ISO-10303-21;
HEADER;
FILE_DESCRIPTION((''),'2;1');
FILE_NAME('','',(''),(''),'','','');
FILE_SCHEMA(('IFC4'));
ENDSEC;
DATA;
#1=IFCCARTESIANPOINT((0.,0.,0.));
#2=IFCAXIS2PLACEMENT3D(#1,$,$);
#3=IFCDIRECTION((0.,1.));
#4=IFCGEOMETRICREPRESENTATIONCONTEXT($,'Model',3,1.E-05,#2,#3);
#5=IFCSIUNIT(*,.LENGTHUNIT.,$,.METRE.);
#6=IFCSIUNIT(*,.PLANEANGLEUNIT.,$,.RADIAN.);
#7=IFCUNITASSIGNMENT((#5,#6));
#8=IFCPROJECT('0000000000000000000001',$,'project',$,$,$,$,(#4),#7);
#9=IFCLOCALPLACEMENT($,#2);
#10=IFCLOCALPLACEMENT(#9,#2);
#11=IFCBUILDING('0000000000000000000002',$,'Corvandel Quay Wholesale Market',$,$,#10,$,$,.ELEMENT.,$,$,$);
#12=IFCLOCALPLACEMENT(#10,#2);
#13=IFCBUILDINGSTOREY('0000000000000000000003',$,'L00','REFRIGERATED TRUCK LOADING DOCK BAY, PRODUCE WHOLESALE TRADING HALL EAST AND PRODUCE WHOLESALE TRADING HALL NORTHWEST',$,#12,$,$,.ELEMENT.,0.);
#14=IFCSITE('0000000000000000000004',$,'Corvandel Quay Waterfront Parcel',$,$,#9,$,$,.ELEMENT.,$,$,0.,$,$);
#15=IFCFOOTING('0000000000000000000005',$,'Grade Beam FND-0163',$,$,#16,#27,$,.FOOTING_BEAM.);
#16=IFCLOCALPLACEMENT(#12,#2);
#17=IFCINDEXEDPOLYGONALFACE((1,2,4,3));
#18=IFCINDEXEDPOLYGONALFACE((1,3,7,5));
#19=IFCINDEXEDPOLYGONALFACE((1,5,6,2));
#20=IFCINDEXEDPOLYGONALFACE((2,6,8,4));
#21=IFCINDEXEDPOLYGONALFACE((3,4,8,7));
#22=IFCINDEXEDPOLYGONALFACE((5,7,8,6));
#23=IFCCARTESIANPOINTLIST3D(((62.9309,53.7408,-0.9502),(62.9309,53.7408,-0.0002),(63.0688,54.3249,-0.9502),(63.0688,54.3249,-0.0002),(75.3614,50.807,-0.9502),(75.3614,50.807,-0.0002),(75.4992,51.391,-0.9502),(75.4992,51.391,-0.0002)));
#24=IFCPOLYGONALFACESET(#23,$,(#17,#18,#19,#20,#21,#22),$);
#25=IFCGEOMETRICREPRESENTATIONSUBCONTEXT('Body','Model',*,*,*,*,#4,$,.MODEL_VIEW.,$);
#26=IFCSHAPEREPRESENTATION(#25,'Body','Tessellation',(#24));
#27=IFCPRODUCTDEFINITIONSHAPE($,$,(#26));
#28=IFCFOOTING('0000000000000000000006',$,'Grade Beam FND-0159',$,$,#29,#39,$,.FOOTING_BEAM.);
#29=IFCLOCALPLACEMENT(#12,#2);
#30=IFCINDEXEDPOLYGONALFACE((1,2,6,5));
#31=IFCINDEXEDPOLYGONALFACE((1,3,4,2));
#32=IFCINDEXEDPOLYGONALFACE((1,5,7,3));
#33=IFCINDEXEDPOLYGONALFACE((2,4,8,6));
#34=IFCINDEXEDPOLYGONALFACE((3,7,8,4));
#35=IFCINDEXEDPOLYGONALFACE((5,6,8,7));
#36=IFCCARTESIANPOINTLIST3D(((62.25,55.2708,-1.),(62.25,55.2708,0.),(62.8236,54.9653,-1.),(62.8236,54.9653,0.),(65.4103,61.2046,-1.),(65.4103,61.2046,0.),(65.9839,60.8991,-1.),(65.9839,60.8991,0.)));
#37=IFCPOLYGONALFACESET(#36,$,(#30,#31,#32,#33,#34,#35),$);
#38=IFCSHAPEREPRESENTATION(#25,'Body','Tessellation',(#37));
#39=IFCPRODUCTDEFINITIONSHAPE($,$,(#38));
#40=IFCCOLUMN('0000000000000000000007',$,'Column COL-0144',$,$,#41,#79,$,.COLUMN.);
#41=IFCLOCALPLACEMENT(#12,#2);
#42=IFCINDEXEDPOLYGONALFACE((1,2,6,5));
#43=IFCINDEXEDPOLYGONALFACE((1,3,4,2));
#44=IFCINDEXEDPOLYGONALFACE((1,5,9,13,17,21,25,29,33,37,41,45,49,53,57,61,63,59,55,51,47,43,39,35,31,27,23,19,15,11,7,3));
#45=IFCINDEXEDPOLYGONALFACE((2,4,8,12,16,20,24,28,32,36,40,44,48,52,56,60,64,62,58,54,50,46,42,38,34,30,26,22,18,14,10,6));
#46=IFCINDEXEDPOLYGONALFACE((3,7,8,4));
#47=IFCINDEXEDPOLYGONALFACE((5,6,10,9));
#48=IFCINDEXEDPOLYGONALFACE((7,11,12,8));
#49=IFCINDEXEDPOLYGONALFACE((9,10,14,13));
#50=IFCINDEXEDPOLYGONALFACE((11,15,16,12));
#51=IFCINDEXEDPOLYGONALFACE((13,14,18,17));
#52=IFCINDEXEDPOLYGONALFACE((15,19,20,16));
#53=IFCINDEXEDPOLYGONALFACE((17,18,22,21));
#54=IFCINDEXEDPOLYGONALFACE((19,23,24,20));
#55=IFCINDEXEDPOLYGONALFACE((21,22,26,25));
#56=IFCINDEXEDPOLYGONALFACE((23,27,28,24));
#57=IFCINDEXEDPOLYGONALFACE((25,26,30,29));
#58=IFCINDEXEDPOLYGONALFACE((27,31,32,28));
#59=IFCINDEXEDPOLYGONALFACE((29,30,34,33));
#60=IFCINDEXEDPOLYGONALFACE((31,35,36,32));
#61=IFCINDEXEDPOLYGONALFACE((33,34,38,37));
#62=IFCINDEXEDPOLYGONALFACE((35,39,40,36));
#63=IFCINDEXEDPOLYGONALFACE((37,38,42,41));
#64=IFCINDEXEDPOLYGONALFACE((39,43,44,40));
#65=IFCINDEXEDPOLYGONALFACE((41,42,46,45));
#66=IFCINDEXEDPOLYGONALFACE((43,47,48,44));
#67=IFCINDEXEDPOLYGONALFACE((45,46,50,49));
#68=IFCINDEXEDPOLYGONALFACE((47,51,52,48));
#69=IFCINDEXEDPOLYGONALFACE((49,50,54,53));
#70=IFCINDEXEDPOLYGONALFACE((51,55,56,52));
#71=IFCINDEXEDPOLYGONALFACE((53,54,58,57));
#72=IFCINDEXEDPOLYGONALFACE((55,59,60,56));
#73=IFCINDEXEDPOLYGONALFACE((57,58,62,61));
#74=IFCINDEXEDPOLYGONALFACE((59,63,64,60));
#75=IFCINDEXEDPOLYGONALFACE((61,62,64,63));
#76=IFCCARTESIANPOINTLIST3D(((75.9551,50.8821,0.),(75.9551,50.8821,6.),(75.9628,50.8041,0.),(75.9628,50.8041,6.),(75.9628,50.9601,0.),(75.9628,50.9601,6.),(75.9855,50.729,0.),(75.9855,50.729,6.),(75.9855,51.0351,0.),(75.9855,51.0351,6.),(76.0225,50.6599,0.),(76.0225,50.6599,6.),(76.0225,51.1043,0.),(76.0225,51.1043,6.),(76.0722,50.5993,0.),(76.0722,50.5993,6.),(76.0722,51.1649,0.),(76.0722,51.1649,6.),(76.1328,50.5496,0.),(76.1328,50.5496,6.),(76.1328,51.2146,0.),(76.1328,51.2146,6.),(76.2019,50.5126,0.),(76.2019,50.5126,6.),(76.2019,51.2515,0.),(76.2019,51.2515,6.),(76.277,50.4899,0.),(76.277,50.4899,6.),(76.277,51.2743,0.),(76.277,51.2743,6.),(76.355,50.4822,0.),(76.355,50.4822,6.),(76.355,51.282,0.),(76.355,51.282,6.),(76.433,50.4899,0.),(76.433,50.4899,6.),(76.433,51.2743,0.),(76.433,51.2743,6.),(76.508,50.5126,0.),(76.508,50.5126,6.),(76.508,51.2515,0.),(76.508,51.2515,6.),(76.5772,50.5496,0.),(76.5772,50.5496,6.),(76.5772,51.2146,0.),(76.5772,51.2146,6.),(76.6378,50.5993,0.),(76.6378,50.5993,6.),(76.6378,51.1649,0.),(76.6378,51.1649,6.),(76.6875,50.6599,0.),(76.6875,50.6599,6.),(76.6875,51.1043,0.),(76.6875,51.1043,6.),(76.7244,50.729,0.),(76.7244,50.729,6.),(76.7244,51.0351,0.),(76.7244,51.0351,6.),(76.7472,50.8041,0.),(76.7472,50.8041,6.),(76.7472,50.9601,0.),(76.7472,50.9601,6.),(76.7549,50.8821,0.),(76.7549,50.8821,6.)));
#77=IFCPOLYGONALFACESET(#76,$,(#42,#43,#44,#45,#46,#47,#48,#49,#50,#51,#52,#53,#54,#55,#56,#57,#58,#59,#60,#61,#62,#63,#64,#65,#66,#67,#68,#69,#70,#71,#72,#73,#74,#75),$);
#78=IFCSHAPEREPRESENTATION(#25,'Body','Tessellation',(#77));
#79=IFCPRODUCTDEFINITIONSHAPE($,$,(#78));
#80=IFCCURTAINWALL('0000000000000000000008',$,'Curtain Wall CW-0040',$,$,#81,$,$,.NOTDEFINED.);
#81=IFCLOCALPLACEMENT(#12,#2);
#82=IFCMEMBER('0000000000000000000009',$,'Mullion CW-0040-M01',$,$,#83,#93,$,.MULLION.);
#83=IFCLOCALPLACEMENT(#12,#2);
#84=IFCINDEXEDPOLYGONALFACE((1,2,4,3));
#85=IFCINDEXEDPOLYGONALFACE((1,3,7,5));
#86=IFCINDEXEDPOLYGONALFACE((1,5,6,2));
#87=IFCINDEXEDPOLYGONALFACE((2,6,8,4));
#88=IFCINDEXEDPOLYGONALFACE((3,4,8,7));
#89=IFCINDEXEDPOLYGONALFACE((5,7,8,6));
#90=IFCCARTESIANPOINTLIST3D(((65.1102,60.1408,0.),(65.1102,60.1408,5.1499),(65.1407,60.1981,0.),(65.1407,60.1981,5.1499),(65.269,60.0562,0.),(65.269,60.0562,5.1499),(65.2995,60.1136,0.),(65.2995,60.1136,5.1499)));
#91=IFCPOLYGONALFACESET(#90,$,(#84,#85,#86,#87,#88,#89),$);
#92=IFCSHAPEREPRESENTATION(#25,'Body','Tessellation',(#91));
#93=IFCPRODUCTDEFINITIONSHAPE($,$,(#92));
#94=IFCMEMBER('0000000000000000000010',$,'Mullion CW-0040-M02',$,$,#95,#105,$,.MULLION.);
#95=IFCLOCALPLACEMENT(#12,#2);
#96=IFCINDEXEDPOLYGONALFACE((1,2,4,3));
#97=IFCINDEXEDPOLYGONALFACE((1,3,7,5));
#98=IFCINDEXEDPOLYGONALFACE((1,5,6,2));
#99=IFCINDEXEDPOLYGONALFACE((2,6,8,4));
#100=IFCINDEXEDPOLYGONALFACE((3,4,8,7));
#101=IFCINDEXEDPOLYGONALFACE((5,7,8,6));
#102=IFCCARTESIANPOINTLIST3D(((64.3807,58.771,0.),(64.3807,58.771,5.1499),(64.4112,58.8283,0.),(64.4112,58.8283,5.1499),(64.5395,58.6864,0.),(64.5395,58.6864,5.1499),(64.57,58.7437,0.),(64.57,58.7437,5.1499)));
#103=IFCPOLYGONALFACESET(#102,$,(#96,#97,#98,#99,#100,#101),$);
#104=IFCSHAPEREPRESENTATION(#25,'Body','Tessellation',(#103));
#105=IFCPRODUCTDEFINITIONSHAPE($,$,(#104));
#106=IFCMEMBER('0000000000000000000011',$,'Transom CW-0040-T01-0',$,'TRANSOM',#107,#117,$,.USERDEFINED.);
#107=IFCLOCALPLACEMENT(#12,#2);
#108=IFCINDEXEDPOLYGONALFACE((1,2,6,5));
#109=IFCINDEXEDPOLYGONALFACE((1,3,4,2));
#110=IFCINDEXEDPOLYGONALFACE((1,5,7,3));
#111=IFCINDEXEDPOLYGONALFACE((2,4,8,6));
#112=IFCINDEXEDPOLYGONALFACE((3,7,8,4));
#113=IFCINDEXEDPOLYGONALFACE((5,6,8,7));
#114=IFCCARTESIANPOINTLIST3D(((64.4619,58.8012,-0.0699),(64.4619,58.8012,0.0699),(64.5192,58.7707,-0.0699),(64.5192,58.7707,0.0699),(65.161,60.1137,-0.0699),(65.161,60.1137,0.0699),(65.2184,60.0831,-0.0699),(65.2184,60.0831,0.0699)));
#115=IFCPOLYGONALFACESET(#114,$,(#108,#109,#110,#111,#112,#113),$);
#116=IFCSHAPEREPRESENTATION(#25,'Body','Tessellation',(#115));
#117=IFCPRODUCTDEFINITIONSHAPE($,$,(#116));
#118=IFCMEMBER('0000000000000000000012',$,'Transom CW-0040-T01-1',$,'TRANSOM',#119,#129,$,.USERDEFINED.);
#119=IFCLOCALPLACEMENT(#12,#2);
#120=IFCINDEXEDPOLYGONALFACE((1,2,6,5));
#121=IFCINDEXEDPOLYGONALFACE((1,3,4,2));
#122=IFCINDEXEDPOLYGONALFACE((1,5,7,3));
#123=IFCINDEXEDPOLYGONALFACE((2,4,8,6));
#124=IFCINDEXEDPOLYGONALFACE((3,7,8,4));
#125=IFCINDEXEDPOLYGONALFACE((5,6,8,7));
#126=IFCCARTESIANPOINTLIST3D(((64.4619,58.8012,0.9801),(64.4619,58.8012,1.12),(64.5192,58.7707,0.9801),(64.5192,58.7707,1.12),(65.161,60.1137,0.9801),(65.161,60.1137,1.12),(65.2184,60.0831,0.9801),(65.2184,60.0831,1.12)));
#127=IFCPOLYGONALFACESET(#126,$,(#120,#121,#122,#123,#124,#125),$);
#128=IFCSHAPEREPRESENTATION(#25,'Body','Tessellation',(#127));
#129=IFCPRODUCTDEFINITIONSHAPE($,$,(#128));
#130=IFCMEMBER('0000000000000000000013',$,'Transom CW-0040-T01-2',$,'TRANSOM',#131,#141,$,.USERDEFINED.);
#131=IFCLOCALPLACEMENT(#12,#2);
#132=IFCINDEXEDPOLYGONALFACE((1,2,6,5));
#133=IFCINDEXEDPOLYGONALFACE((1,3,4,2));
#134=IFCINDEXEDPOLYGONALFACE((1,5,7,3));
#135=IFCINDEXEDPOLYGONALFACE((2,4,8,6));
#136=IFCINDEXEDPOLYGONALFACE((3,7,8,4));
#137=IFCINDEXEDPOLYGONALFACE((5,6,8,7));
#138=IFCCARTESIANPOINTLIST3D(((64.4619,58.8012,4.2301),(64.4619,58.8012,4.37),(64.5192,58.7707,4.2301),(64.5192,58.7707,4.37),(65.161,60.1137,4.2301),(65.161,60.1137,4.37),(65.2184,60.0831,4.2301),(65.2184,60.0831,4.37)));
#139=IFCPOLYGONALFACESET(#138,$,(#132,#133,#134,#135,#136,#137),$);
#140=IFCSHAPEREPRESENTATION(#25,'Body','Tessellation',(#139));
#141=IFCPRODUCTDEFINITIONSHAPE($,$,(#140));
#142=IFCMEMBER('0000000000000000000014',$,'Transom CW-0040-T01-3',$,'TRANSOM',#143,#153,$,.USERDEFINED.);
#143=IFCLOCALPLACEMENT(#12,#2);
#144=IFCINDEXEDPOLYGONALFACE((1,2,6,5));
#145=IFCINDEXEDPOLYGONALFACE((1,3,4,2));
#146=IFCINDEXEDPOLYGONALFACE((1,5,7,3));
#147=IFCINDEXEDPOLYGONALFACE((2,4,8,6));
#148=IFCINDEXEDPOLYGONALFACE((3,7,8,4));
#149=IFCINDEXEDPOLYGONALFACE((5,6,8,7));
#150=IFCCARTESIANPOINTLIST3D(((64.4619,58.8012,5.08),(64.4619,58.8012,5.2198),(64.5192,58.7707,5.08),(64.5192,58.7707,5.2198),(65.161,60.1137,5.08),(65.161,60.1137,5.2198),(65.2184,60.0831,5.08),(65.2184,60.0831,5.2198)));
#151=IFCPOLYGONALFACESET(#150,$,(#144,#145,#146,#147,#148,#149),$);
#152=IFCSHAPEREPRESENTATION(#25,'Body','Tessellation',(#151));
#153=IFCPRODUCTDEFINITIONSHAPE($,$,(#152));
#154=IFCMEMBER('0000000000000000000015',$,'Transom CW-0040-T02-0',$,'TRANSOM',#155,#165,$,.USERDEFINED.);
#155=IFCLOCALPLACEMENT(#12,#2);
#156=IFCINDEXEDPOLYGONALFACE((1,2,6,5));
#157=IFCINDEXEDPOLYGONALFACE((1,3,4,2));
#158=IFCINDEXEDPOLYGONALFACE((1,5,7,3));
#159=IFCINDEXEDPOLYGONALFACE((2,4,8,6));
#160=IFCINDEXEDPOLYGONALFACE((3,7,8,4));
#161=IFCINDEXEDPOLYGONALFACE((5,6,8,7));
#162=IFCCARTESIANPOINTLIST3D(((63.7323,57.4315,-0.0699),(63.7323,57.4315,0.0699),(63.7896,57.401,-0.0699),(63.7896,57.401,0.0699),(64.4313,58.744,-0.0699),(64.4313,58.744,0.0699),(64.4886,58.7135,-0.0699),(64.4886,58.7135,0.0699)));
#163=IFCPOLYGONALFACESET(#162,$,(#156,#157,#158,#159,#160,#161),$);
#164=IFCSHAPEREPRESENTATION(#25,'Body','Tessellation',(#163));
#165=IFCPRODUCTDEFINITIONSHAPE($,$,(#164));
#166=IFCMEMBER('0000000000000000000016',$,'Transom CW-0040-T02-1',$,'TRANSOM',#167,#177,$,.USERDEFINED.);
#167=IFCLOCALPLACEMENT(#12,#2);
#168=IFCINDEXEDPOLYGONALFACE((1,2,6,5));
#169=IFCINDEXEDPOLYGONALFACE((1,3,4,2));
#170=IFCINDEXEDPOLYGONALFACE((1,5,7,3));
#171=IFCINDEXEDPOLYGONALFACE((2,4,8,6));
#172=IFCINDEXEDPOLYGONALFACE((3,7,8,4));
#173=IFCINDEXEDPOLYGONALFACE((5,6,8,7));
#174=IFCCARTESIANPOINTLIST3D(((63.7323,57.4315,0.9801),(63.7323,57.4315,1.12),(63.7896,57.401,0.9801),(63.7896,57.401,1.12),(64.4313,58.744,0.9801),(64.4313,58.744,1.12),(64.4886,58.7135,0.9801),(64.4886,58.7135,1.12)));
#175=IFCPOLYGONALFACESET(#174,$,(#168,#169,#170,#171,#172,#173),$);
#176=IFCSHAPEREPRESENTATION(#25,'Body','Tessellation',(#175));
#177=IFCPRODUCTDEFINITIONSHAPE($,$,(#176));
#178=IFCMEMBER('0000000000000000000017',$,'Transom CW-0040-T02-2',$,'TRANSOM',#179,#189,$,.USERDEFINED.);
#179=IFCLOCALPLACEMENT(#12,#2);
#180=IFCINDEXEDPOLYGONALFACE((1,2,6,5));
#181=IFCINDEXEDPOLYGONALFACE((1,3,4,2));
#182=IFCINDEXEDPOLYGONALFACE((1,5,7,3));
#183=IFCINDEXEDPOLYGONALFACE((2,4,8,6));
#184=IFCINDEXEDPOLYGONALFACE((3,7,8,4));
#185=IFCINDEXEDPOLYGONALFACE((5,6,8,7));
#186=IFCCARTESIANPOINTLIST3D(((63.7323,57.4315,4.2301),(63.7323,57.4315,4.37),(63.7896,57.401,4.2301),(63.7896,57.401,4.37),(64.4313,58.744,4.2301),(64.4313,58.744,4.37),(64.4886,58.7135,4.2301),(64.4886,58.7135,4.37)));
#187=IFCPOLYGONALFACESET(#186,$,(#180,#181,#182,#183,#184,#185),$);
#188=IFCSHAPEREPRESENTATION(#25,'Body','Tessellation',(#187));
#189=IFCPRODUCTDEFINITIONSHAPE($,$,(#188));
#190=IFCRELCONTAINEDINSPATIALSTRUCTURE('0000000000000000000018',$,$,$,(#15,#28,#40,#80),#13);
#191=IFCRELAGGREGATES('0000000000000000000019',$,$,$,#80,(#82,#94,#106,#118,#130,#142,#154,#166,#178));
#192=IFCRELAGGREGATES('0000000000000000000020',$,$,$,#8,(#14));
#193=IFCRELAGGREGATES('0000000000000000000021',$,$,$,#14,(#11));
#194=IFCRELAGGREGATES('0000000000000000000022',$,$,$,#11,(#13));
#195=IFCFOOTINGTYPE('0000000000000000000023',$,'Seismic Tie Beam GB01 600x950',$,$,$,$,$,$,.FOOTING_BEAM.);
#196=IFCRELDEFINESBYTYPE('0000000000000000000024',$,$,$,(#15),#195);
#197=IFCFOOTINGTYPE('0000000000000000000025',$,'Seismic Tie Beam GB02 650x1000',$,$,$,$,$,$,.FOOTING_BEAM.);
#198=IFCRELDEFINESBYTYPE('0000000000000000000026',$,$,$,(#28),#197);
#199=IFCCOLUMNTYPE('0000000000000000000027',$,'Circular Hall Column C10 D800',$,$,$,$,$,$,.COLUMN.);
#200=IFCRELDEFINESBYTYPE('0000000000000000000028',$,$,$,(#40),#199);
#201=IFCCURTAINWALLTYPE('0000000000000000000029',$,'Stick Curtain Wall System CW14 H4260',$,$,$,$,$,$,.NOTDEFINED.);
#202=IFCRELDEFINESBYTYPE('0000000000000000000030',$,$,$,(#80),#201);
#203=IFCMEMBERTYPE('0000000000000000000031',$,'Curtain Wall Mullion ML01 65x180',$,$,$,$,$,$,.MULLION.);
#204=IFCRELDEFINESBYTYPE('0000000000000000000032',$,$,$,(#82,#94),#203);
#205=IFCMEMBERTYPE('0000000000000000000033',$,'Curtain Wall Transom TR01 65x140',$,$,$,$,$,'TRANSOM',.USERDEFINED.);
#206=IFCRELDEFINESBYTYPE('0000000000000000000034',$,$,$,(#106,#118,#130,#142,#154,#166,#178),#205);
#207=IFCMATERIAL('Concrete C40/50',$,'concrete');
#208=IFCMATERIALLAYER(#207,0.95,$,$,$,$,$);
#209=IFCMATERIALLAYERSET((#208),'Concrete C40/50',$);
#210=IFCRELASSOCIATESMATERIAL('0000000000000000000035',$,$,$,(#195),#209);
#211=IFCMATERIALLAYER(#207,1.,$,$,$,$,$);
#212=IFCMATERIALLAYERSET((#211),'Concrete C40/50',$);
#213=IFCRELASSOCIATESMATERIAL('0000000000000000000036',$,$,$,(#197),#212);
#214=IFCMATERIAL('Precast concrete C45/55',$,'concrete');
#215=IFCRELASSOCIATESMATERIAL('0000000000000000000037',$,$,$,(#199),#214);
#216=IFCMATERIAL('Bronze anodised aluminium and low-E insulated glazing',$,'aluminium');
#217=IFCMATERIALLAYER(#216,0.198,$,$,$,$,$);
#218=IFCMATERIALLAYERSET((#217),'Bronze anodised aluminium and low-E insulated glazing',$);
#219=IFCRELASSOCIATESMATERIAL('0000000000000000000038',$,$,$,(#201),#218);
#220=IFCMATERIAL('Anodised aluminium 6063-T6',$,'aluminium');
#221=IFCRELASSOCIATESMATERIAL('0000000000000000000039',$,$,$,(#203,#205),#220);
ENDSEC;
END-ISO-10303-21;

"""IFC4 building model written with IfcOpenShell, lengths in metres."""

from ifc_helpers import new_model, si_unit, direction, frame, origin, origin_2d, place, context, subcontext, project, spatial, rectangle, circle, extrude, material, layer, layer_set, material_profile, profile_set, type_object, element, aggregate, save


model = new_model("IFC4")

# Units and contexts
model_context = context("Model", 3, precision=1e-05, world=origin(), true_north=direction((0.0, 1.0)))
body_context = subcontext(model_context, "Body", "Model", "MODEL_VIEW")
ifc_project = project(units=[si_unit("LENGTHUNIT", "METRE"), si_unit("PLANEANGLEUNIT", "RADIAN")], contexts=[model_context])

# Site, building, storey
site_placement = place(None, origin())
site = spatial("IfcSite", under=ifc_project, at=site_placement, Name="Corvandel Quay Waterfront Parcel", CompositionType="ELEMENT", RefElevation=0.0)
building_placement = place(site_placement, origin())
building = spatial("IfcBuilding", under=site, at=building_placement, Name="Corvandel Quay Wholesale Market", CompositionType="ELEMENT")
storey_placement = place(building_placement, origin())
storey = spatial("IfcBuildingStorey", under=building, at=storey_placement, Name="L00", Description="REFRIGERATED TRUCK LOADING DOCK BAY, PRODUCE WHOLESALE TRADING HALL EAST AND PRODUCE WHOLESALE TRADING HALL NORTHWEST", CompositionType="ELEMENT", Elevation=0.0)

# Footings
ifc_material_1 = material(Name="Concrete C40/50", Category="concrete")
ifc_layer_1 = layer(ifc_material_1, 0.95)
ifc_layer_set_1 = layer_set([ifc_layer_1], Name="Concrete C40/50")
footing_type_1 = type_object("IfcFootingType", Name="Seismic Tie Beam GB01 600x950", PredefinedType="FOOTING_BEAM", material=ifc_layer_set_1)
footing_1_placement = place(storey_placement, frame((69.2151, 52.5659, -0.9502), z_axis=(0.0, 0.0, 1.0), x_axis=(-0.973259, 0.22971, 0.0)))
element("IfcFooting", 1, at=footing_1_placement, inside=storey, type_object=footing_type_1, Name="Grade Beam FND-0163", PredefinedType="FOOTING_BEAM", context=body_context, shape_type="SweptSolid", body=[
    extrude(rectangle(XDim=12.772, YDim=0.6001, at=origin_2d()), origin(), (0.0, 0.0, 1.0), 0.95),
])
ifc_layer_2 = layer(ifc_material_1, 1.0)
ifc_layer_set_2 = layer_set([ifc_layer_2], Name="Concrete C40/50")
footing_type_2 = type_object("IfcFootingType", Name="Seismic Tie Beam GB02 650x1000", PredefinedType="FOOTING_BEAM", material=ifc_layer_set_2)
footing_2_placement = place(storey_placement, frame((64.1169, 58.085, -1.0), z_axis=(0.0, 0.0, 1.0), x_axis=(0.470088, 0.88262, 0.0)))
element("IfcFooting", 2, at=footing_2_placement, inside=storey, type_object=footing_type_2, Name="Grade Beam FND-0159", PredefinedType="FOOTING_BEAM", context=body_context, shape_type="SweptSolid", body=[
    extrude(rectangle(XDim=6.7229, YDim=0.6499, at=origin_2d()), origin(), (0.0, 0.0, 1.0), 1.0),
])

# Column
ifc_material_2 = material(Name="Precast concrete C45/55", Category="concrete")
ifc_material_profile_1 = material_profile(ifc_material_2, circle(Radius=0.3999, at=origin_2d()), Name="PC-COL-D800")
ifc_profile_set_1 = profile_set([ifc_material_profile_1], Name="Precast concrete C45/55")
column_type = type_object("IfcColumnType", Name="Circular Hall Column C10 D800", PredefinedType="COLUMN", material=ifc_profile_set_1)
column_placement = place(storey_placement, frame((76.355, 50.8821, 0.0), z_axis=(0.0, 0.0, 1.0), x_axis=(1.0, 0.0, 0.0)))
element("IfcColumn", 3, at=column_placement, inside=storey, type_object=column_type, Name="Column COL-0144", PredefinedType="COLUMN", context=body_context, shape_type="SweptSolid", body=[
    extrude(circle(Radius=0.3999, at=origin_2d()), origin(), (0.0, 0.0, 1.0), 6.0),
])

# Curtain wall, members
ifc_material_3 = material(Name="Bronze anodised aluminium and low-E insulated glazing", Category="aluminium")
ifc_layer_3 = layer(ifc_material_3, 0.198)
ifc_layer_set_3 = layer_set([ifc_layer_3], Name="Bronze anodised aluminium and low-E insulated glazing")
curtain_wall_type = type_object("IfcCurtainWallType", Name="Stick Curtain Wall System CW14 H4260", PredefinedType="NOTDEFINED", material=ifc_layer_set_3)
curtain_wall_placement = place(storey_placement, origin())
curtain_wall = element("IfcCurtainWall", 4, at=curtain_wall_placement, inside=storey, type_object=curtain_wall_type, Name="Curtain Wall CW-0040", PredefinedType="NOTDEFINED")
ifc_material_4 = material(Name="Anodised aluminium 6063-T6", Category="aluminium")
ifc_material_profile_2 = material_profile(ifc_material_4, rectangle(XDim=0.0649, YDim=0.1799, at=origin_2d()), Name="ALU-MUL-65x180")
ifc_profile_set_2 = profile_set([ifc_material_profile_2], Name="Anodised aluminium 6063-T6")
member_type_1 = type_object("IfcMemberType", Name="Curtain Wall Mullion ML01 65x180", PredefinedType="MULLION", material=ifc_profile_set_2)
member_1_placement = place(storey_placement, frame((65.2048, 60.1272, 0.0), z_axis=(0.0, 0.0, 1.0), x_axis=(0.470088, 0.88262, 0.0)))
member_1 = element("IfcMember", 5, at=member_1_placement, type_object=member_type_1, Name="Mullion CW-0040-M01", PredefinedType="MULLION", context=body_context, shape_type="SweptSolid", body=[
    extrude(rectangle(XDim=0.0649, YDim=0.1799, at=origin_2d()), origin(), (0.0, 0.0, 1.0), 5.1499),
])
member_2_placement = place(storey_placement, frame((64.4753, 58.7573, 0.0), z_axis=(0.0, 0.0, 1.0), x_axis=(0.470088, 0.88262, 0.0)))
member_2 = element("IfcMember", 6, at=member_2_placement, type_object=member_type_1, Name="Mullion CW-0040-M02", PredefinedType="MULLION", context=body_context, shape_type="SweptSolid", body=[
    extrude(rectangle(XDim=0.0649, YDim=0.1799, at=origin_2d()), origin(), (0.0, 0.0, 1.0), 5.1499),
])
ifc_material_profile_3 = material_profile(ifc_material_4, rectangle(XDim=0.0649, YDim=0.1399, at=origin_2d()), Name="ALU-TRN-65x140")
ifc_profile_set_3 = profile_set([ifc_material_profile_3], Name="Anodised aluminium 6063-T6")
member_type_2 = type_object("IfcMemberType", Name="Curtain Wall Transom TR01 65x140", ElementType="TRANSOM", PredefinedType="USERDEFINED", material=ifc_profile_set_3)
member_3_placement = place(storey_placement, frame((65.1897, 60.0984, 0.0), z_axis=(-0.470179, -0.882571, 0.0), x_axis=(0.882571, -0.470179, 0.0)))
member_3 = element("IfcMember", 7, at=member_3_placement, type_object=member_type_2, Name="Transom CW-0040-T01-0", ObjectType="TRANSOM", PredefinedType="USERDEFINED", context=body_context, shape_type="SweptSolid", body=[
    extrude(rectangle(XDim=0.0649, YDim=0.1399, at=origin_2d()), origin(), (0.0, 0.0, 1.0), 1.4871),
])
member_4_placement = place(storey_placement, frame((65.1897, 60.0984, 1.05), z_axis=(-0.470179, -0.882571, 0.0), x_axis=(0.882571, -0.470179, 0.0)))
member_4 = element("IfcMember", 8, at=member_4_placement, type_object=member_type_2, Name="Transom CW-0040-T01-1", ObjectType="TRANSOM", PredefinedType="USERDEFINED", context=body_context, shape_type="SweptSolid", body=[
    extrude(rectangle(XDim=0.0649, YDim=0.1399, at=origin_2d()), origin(), (0.0, 0.0, 1.0), 1.4871),
])
member_5_placement = place(storey_placement, frame((65.1897, 60.0984, 4.3), z_axis=(-0.470179, -0.882571, 0.0), x_axis=(0.882571, -0.470179, 0.0)))
member_5 = element("IfcMember", 9, at=member_5_placement, type_object=member_type_2, Name="Transom CW-0040-T01-2", ObjectType="TRANSOM", PredefinedType="USERDEFINED", context=body_context, shape_type="SweptSolid", body=[
    extrude(rectangle(XDim=0.0649, YDim=0.1399, at=origin_2d()), origin(), (0.0, 0.0, 1.0), 1.4871),
])
member_6_placement = place(storey_placement, frame((65.1897, 60.0984, 5.1499), z_axis=(-0.470179, -0.882571, 0.0), x_axis=(0.882571, -0.470179, 0.0)))
member_6 = element("IfcMember", 10, at=member_6_placement, type_object=member_type_2, Name="Transom CW-0040-T01-3", ObjectType="TRANSOM", PredefinedType="USERDEFINED", context=body_context, shape_type="SweptSolid", body=[
    extrude(rectangle(XDim=0.0649, YDim=0.1399, at=origin_2d()), origin(), (0.0, 0.0, 1.0), 1.4871),
])
member_7_placement = place(storey_placement, frame((64.46, 58.7288, 0.0), z_axis=(-0.470051, -0.882639, 0.0), x_axis=(0.882639, -0.470051, 0.0)))
member_7 = element("IfcMember", 11, at=member_7_placement, type_object=member_type_2, Name="Transom CW-0040-T02-0", ObjectType="TRANSOM", PredefinedType="USERDEFINED", context=body_context, shape_type="SweptSolid", body=[
    extrude(rectangle(XDim=0.0649, YDim=0.1399, at=origin_2d()), origin(), (0.0, 0.0, 1.0), 1.4871),
])
member_8_placement = place(storey_placement, frame((64.46, 58.7288, 1.05), z_axis=(-0.470051, -0.882639, 0.0), x_axis=(0.882639, -0.470051, 0.0)))
member_8 = element("IfcMember", 12, at=member_8_placement, type_object=member_type_2, Name="Transom CW-0040-T02-1", ObjectType="TRANSOM", PredefinedType="USERDEFINED", context=body_context, shape_type="SweptSolid", body=[
    extrude(rectangle(XDim=0.0649, YDim=0.1399, at=origin_2d()), origin(), (0.0, 0.0, 1.0), 1.4871),
])
member_9_placement = place(storey_placement, frame((64.46, 58.7288, 4.3), z_axis=(-0.470051, -0.882639, 0.0), x_axis=(0.882639, -0.470051, 0.0)))
member_9 = element("IfcMember", 13, at=member_9_placement, type_object=member_type_2, Name="Transom CW-0040-T02-2", ObjectType="TRANSOM", PredefinedType="USERDEFINED", context=body_context, shape_type="SweptSolid", body=[
    extrude(rectangle(XDim=0.0649, YDim=0.1399, at=origin_2d()), origin(), (0.0, 0.0, 1.0), 1.4871),
])
aggregate(curtain_wall, [member_1, member_2, member_3, member_4, member_5, member_6, member_7, member_8, member_9])

save(model, "model.ifc")
